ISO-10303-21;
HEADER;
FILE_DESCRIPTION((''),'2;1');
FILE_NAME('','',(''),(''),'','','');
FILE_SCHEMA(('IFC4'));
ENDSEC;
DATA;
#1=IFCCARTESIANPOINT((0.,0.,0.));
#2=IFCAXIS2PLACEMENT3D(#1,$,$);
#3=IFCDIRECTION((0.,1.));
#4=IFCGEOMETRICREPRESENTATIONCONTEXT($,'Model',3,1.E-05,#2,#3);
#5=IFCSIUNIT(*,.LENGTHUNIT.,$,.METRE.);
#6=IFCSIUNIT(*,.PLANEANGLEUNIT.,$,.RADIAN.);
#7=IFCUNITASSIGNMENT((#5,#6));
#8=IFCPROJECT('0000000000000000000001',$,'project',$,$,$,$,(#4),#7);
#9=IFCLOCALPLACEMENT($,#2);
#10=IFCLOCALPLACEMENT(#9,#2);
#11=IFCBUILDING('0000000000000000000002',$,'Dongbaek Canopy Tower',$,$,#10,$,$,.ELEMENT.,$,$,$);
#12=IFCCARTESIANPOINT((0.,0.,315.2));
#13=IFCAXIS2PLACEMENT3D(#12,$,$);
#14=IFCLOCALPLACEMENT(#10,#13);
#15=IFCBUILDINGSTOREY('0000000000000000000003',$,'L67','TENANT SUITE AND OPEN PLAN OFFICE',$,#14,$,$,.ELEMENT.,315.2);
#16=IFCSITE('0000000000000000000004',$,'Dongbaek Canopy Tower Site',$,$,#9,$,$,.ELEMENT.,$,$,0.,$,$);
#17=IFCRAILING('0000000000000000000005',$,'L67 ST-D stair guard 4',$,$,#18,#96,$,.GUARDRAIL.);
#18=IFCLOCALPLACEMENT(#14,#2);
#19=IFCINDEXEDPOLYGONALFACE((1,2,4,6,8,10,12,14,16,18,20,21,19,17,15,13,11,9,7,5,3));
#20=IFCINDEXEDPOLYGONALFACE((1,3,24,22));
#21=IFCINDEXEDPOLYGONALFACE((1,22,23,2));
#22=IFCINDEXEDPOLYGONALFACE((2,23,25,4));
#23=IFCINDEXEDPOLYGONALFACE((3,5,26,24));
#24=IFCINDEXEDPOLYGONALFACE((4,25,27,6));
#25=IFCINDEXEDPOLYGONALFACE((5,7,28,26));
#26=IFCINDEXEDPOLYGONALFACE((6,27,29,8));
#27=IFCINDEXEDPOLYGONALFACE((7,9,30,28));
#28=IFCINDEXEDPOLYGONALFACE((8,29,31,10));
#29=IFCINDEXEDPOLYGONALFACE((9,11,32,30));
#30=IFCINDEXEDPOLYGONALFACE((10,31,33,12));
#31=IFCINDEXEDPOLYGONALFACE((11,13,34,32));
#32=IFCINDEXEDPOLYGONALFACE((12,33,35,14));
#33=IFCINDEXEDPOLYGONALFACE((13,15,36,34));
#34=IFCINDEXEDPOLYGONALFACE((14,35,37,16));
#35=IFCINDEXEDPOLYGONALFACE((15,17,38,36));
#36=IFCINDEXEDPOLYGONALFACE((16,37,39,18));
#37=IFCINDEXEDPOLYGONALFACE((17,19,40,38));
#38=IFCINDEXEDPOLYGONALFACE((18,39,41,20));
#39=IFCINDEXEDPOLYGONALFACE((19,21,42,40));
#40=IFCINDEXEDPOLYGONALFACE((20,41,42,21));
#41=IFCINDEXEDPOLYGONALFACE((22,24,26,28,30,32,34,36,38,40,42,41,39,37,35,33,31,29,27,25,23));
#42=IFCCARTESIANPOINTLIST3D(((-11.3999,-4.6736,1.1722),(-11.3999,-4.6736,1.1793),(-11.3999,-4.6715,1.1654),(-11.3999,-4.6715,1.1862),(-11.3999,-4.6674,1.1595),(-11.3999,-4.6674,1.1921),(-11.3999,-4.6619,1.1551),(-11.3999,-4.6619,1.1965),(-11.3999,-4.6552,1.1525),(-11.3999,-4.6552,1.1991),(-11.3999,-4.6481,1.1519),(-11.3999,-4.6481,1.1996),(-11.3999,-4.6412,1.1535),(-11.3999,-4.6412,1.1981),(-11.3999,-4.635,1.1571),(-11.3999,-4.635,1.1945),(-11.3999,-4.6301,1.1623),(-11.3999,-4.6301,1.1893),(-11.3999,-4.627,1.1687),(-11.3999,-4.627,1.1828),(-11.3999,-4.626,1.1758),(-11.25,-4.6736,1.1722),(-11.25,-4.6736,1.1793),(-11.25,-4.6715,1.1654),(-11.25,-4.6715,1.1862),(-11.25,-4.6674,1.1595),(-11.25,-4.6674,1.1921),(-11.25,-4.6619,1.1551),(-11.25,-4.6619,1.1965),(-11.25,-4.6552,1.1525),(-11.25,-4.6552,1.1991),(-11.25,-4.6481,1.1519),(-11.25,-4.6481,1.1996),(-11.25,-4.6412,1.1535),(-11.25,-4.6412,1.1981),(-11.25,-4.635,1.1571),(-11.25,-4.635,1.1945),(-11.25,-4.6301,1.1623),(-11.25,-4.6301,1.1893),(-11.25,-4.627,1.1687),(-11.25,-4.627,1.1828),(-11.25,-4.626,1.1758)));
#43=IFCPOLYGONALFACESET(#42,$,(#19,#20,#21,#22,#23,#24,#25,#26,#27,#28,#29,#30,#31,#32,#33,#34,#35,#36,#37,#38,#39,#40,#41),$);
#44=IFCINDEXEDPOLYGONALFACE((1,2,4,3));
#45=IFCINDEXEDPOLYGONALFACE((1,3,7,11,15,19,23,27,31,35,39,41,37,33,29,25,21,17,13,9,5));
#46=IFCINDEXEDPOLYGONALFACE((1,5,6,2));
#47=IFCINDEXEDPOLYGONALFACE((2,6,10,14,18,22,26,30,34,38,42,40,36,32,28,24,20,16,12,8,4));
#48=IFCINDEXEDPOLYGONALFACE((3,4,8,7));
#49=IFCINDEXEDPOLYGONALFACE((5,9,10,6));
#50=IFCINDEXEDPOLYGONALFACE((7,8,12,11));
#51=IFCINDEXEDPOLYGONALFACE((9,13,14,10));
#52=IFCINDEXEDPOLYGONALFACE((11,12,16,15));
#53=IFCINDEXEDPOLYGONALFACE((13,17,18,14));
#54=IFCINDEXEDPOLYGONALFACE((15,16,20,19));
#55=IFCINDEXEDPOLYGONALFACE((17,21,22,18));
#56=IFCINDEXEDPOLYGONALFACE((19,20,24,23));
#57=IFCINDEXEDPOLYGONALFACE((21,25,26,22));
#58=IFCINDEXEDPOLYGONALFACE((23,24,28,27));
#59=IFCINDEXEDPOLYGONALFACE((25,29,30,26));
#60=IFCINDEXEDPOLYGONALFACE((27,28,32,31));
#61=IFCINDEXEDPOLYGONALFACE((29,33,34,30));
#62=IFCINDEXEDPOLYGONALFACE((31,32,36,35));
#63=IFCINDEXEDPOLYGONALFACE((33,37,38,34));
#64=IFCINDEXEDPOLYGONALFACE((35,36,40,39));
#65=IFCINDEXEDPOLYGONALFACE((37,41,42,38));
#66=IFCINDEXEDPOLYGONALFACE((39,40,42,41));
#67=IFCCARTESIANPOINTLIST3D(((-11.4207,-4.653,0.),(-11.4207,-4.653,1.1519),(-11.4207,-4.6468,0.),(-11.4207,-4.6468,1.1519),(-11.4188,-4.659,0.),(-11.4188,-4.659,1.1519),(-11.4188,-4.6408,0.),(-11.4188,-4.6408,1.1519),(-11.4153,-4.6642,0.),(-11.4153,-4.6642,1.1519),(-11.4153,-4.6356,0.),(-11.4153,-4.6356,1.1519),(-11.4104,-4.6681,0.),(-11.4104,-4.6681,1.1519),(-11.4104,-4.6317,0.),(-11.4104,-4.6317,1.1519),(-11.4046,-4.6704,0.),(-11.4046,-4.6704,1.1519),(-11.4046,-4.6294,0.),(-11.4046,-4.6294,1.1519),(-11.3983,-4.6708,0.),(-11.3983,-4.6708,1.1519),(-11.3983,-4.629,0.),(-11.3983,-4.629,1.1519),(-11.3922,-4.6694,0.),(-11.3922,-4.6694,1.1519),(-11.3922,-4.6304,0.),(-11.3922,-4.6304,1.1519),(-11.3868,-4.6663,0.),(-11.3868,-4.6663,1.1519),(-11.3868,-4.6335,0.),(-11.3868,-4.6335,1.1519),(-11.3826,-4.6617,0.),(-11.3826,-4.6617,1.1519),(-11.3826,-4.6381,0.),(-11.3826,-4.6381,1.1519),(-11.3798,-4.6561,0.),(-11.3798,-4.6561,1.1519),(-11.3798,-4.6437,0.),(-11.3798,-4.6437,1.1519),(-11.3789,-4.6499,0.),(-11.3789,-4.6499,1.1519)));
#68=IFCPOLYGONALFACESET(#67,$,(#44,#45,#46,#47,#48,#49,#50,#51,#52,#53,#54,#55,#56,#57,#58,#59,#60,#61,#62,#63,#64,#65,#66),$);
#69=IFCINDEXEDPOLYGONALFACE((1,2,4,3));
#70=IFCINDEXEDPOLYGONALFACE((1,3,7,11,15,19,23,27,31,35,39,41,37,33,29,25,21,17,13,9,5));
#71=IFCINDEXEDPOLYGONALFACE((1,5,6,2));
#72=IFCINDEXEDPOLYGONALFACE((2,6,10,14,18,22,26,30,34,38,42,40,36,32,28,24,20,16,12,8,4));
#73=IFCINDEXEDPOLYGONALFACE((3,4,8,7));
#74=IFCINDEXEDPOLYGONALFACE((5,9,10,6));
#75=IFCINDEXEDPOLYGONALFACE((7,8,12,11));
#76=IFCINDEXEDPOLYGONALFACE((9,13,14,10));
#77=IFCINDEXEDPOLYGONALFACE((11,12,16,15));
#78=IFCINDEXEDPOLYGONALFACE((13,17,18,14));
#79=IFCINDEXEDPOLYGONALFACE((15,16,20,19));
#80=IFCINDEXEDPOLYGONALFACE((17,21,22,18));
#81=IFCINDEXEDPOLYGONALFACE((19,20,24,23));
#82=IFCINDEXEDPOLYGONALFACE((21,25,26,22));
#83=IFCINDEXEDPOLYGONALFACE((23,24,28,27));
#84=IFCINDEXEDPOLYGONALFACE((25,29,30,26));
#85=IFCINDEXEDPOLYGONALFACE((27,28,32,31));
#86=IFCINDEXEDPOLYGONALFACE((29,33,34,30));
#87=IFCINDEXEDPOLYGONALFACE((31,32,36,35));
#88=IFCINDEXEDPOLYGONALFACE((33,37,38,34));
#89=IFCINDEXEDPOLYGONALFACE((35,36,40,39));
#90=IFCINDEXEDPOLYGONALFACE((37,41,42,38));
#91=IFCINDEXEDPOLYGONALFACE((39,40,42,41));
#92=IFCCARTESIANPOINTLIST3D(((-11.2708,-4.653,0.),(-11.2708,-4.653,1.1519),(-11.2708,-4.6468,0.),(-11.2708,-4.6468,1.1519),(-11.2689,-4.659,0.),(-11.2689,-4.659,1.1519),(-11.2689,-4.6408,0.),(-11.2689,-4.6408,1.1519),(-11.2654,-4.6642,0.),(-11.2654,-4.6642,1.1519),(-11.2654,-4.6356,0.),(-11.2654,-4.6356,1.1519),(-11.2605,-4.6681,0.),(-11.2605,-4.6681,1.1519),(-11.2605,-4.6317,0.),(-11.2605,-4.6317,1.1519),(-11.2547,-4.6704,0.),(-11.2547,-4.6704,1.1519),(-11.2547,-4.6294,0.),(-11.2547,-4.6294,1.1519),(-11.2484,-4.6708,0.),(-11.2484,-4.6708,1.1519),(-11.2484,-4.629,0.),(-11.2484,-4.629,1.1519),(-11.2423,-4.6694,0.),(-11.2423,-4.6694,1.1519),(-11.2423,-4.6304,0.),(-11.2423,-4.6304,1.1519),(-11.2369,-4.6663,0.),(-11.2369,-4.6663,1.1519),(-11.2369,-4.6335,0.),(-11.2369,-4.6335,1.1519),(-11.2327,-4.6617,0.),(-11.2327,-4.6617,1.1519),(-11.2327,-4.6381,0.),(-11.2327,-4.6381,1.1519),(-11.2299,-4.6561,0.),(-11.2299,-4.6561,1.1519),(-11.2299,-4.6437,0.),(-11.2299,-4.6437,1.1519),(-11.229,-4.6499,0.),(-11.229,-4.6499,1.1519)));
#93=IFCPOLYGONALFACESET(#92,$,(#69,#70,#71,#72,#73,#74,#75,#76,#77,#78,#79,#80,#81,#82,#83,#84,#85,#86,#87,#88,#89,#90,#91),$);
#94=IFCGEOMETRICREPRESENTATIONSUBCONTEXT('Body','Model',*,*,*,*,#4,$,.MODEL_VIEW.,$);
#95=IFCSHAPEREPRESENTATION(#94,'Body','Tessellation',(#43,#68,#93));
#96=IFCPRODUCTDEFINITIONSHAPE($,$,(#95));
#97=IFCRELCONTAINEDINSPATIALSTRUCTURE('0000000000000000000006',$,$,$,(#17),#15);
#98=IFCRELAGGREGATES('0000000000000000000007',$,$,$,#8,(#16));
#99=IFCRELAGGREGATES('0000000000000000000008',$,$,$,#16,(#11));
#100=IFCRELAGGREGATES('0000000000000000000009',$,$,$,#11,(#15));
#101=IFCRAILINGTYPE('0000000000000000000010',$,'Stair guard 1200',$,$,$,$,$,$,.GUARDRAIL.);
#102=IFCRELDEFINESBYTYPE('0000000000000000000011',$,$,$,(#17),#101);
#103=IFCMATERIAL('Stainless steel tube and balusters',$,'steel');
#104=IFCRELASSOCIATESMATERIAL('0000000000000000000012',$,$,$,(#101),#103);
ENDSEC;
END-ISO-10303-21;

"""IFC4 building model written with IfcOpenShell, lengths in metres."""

from ifc_helpers import new_model, si_unit, direction, frame, origin, origin_2d, place, context, subcontext, project, spatial, circle, extrude, material, type_object, element, save


model = new_model("IFC4")

# Units and contexts
model_context = context("Model", 3, precision=1e-05, world=origin(), true_north=direction((0.0, 1.0)))
body_context = subcontext(model_context, "Body", "Model", "MODEL_VIEW")
ifc_project = project(units=[si_unit("LENGTHUNIT", "METRE"), si_unit("PLANEANGLEUNIT", "RADIAN")], contexts=[model_context])

# Site, building, storey
site_placement = place(None, origin())
site = spatial("IfcSite", under=ifc_project, at=site_placement, Name="Dongbaek Canopy Tower Site", CompositionType="ELEMENT", RefElevation=0.0)
building_placement = place(site_placement, origin())
building = spatial("IfcBuilding", under=site, at=building_placement, Name="Dongbaek Canopy Tower", CompositionType="ELEMENT")
storey_placement = place(building_placement, frame((0.0, 0.0, 315.2)))
storey = spatial("IfcBuildingStorey", under=building, at=storey_placement, Name="L67", Description="TENANT SUITE AND OPEN PLAN OFFICE", CompositionType="ELEMENT", Elevation=315.2)

# Railing
ifc_material_1 = material(Name="Stainless steel tube and balusters", Category="steel")
railing_type_1 = type_object("IfcRailingType", Name="Stair guard 1200", PredefinedType="GUARDRAIL", material=ifc_material_1)
railing_1_placement = place(storey_placement, frame((-11.3999, -4.6499, 0.0)))
element("IfcRailing", 1, at=railing_1_placement, inside=storey, type_object=railing_type_1, Name="L67 ST-D stair guard 4", PredefinedType="GUARDRAIL", context=body_context, shape_type="SweptSolid", body=[
    extrude(circle(Radius=0.0239, at=origin_2d()), frame((0.0, 0.0, 1.1758), z_axis=(1.0, 0.0, 0.0), x_axis=(0.0, 1.0, 0.0)), (0.0, 0.0, 1.0), 0.1499),
    extrude(circle(Radius=0.021, at=origin_2d()), origin(), (0.0, 0.0, 1.0), 1.1519),
    extrude(circle(Radius=0.021, at=origin_2d()), frame((0.1499, 0.0, 0.0)), (0.0, 0.0, 1.0), 1.1519),
])

save(model, "model.ifc")
